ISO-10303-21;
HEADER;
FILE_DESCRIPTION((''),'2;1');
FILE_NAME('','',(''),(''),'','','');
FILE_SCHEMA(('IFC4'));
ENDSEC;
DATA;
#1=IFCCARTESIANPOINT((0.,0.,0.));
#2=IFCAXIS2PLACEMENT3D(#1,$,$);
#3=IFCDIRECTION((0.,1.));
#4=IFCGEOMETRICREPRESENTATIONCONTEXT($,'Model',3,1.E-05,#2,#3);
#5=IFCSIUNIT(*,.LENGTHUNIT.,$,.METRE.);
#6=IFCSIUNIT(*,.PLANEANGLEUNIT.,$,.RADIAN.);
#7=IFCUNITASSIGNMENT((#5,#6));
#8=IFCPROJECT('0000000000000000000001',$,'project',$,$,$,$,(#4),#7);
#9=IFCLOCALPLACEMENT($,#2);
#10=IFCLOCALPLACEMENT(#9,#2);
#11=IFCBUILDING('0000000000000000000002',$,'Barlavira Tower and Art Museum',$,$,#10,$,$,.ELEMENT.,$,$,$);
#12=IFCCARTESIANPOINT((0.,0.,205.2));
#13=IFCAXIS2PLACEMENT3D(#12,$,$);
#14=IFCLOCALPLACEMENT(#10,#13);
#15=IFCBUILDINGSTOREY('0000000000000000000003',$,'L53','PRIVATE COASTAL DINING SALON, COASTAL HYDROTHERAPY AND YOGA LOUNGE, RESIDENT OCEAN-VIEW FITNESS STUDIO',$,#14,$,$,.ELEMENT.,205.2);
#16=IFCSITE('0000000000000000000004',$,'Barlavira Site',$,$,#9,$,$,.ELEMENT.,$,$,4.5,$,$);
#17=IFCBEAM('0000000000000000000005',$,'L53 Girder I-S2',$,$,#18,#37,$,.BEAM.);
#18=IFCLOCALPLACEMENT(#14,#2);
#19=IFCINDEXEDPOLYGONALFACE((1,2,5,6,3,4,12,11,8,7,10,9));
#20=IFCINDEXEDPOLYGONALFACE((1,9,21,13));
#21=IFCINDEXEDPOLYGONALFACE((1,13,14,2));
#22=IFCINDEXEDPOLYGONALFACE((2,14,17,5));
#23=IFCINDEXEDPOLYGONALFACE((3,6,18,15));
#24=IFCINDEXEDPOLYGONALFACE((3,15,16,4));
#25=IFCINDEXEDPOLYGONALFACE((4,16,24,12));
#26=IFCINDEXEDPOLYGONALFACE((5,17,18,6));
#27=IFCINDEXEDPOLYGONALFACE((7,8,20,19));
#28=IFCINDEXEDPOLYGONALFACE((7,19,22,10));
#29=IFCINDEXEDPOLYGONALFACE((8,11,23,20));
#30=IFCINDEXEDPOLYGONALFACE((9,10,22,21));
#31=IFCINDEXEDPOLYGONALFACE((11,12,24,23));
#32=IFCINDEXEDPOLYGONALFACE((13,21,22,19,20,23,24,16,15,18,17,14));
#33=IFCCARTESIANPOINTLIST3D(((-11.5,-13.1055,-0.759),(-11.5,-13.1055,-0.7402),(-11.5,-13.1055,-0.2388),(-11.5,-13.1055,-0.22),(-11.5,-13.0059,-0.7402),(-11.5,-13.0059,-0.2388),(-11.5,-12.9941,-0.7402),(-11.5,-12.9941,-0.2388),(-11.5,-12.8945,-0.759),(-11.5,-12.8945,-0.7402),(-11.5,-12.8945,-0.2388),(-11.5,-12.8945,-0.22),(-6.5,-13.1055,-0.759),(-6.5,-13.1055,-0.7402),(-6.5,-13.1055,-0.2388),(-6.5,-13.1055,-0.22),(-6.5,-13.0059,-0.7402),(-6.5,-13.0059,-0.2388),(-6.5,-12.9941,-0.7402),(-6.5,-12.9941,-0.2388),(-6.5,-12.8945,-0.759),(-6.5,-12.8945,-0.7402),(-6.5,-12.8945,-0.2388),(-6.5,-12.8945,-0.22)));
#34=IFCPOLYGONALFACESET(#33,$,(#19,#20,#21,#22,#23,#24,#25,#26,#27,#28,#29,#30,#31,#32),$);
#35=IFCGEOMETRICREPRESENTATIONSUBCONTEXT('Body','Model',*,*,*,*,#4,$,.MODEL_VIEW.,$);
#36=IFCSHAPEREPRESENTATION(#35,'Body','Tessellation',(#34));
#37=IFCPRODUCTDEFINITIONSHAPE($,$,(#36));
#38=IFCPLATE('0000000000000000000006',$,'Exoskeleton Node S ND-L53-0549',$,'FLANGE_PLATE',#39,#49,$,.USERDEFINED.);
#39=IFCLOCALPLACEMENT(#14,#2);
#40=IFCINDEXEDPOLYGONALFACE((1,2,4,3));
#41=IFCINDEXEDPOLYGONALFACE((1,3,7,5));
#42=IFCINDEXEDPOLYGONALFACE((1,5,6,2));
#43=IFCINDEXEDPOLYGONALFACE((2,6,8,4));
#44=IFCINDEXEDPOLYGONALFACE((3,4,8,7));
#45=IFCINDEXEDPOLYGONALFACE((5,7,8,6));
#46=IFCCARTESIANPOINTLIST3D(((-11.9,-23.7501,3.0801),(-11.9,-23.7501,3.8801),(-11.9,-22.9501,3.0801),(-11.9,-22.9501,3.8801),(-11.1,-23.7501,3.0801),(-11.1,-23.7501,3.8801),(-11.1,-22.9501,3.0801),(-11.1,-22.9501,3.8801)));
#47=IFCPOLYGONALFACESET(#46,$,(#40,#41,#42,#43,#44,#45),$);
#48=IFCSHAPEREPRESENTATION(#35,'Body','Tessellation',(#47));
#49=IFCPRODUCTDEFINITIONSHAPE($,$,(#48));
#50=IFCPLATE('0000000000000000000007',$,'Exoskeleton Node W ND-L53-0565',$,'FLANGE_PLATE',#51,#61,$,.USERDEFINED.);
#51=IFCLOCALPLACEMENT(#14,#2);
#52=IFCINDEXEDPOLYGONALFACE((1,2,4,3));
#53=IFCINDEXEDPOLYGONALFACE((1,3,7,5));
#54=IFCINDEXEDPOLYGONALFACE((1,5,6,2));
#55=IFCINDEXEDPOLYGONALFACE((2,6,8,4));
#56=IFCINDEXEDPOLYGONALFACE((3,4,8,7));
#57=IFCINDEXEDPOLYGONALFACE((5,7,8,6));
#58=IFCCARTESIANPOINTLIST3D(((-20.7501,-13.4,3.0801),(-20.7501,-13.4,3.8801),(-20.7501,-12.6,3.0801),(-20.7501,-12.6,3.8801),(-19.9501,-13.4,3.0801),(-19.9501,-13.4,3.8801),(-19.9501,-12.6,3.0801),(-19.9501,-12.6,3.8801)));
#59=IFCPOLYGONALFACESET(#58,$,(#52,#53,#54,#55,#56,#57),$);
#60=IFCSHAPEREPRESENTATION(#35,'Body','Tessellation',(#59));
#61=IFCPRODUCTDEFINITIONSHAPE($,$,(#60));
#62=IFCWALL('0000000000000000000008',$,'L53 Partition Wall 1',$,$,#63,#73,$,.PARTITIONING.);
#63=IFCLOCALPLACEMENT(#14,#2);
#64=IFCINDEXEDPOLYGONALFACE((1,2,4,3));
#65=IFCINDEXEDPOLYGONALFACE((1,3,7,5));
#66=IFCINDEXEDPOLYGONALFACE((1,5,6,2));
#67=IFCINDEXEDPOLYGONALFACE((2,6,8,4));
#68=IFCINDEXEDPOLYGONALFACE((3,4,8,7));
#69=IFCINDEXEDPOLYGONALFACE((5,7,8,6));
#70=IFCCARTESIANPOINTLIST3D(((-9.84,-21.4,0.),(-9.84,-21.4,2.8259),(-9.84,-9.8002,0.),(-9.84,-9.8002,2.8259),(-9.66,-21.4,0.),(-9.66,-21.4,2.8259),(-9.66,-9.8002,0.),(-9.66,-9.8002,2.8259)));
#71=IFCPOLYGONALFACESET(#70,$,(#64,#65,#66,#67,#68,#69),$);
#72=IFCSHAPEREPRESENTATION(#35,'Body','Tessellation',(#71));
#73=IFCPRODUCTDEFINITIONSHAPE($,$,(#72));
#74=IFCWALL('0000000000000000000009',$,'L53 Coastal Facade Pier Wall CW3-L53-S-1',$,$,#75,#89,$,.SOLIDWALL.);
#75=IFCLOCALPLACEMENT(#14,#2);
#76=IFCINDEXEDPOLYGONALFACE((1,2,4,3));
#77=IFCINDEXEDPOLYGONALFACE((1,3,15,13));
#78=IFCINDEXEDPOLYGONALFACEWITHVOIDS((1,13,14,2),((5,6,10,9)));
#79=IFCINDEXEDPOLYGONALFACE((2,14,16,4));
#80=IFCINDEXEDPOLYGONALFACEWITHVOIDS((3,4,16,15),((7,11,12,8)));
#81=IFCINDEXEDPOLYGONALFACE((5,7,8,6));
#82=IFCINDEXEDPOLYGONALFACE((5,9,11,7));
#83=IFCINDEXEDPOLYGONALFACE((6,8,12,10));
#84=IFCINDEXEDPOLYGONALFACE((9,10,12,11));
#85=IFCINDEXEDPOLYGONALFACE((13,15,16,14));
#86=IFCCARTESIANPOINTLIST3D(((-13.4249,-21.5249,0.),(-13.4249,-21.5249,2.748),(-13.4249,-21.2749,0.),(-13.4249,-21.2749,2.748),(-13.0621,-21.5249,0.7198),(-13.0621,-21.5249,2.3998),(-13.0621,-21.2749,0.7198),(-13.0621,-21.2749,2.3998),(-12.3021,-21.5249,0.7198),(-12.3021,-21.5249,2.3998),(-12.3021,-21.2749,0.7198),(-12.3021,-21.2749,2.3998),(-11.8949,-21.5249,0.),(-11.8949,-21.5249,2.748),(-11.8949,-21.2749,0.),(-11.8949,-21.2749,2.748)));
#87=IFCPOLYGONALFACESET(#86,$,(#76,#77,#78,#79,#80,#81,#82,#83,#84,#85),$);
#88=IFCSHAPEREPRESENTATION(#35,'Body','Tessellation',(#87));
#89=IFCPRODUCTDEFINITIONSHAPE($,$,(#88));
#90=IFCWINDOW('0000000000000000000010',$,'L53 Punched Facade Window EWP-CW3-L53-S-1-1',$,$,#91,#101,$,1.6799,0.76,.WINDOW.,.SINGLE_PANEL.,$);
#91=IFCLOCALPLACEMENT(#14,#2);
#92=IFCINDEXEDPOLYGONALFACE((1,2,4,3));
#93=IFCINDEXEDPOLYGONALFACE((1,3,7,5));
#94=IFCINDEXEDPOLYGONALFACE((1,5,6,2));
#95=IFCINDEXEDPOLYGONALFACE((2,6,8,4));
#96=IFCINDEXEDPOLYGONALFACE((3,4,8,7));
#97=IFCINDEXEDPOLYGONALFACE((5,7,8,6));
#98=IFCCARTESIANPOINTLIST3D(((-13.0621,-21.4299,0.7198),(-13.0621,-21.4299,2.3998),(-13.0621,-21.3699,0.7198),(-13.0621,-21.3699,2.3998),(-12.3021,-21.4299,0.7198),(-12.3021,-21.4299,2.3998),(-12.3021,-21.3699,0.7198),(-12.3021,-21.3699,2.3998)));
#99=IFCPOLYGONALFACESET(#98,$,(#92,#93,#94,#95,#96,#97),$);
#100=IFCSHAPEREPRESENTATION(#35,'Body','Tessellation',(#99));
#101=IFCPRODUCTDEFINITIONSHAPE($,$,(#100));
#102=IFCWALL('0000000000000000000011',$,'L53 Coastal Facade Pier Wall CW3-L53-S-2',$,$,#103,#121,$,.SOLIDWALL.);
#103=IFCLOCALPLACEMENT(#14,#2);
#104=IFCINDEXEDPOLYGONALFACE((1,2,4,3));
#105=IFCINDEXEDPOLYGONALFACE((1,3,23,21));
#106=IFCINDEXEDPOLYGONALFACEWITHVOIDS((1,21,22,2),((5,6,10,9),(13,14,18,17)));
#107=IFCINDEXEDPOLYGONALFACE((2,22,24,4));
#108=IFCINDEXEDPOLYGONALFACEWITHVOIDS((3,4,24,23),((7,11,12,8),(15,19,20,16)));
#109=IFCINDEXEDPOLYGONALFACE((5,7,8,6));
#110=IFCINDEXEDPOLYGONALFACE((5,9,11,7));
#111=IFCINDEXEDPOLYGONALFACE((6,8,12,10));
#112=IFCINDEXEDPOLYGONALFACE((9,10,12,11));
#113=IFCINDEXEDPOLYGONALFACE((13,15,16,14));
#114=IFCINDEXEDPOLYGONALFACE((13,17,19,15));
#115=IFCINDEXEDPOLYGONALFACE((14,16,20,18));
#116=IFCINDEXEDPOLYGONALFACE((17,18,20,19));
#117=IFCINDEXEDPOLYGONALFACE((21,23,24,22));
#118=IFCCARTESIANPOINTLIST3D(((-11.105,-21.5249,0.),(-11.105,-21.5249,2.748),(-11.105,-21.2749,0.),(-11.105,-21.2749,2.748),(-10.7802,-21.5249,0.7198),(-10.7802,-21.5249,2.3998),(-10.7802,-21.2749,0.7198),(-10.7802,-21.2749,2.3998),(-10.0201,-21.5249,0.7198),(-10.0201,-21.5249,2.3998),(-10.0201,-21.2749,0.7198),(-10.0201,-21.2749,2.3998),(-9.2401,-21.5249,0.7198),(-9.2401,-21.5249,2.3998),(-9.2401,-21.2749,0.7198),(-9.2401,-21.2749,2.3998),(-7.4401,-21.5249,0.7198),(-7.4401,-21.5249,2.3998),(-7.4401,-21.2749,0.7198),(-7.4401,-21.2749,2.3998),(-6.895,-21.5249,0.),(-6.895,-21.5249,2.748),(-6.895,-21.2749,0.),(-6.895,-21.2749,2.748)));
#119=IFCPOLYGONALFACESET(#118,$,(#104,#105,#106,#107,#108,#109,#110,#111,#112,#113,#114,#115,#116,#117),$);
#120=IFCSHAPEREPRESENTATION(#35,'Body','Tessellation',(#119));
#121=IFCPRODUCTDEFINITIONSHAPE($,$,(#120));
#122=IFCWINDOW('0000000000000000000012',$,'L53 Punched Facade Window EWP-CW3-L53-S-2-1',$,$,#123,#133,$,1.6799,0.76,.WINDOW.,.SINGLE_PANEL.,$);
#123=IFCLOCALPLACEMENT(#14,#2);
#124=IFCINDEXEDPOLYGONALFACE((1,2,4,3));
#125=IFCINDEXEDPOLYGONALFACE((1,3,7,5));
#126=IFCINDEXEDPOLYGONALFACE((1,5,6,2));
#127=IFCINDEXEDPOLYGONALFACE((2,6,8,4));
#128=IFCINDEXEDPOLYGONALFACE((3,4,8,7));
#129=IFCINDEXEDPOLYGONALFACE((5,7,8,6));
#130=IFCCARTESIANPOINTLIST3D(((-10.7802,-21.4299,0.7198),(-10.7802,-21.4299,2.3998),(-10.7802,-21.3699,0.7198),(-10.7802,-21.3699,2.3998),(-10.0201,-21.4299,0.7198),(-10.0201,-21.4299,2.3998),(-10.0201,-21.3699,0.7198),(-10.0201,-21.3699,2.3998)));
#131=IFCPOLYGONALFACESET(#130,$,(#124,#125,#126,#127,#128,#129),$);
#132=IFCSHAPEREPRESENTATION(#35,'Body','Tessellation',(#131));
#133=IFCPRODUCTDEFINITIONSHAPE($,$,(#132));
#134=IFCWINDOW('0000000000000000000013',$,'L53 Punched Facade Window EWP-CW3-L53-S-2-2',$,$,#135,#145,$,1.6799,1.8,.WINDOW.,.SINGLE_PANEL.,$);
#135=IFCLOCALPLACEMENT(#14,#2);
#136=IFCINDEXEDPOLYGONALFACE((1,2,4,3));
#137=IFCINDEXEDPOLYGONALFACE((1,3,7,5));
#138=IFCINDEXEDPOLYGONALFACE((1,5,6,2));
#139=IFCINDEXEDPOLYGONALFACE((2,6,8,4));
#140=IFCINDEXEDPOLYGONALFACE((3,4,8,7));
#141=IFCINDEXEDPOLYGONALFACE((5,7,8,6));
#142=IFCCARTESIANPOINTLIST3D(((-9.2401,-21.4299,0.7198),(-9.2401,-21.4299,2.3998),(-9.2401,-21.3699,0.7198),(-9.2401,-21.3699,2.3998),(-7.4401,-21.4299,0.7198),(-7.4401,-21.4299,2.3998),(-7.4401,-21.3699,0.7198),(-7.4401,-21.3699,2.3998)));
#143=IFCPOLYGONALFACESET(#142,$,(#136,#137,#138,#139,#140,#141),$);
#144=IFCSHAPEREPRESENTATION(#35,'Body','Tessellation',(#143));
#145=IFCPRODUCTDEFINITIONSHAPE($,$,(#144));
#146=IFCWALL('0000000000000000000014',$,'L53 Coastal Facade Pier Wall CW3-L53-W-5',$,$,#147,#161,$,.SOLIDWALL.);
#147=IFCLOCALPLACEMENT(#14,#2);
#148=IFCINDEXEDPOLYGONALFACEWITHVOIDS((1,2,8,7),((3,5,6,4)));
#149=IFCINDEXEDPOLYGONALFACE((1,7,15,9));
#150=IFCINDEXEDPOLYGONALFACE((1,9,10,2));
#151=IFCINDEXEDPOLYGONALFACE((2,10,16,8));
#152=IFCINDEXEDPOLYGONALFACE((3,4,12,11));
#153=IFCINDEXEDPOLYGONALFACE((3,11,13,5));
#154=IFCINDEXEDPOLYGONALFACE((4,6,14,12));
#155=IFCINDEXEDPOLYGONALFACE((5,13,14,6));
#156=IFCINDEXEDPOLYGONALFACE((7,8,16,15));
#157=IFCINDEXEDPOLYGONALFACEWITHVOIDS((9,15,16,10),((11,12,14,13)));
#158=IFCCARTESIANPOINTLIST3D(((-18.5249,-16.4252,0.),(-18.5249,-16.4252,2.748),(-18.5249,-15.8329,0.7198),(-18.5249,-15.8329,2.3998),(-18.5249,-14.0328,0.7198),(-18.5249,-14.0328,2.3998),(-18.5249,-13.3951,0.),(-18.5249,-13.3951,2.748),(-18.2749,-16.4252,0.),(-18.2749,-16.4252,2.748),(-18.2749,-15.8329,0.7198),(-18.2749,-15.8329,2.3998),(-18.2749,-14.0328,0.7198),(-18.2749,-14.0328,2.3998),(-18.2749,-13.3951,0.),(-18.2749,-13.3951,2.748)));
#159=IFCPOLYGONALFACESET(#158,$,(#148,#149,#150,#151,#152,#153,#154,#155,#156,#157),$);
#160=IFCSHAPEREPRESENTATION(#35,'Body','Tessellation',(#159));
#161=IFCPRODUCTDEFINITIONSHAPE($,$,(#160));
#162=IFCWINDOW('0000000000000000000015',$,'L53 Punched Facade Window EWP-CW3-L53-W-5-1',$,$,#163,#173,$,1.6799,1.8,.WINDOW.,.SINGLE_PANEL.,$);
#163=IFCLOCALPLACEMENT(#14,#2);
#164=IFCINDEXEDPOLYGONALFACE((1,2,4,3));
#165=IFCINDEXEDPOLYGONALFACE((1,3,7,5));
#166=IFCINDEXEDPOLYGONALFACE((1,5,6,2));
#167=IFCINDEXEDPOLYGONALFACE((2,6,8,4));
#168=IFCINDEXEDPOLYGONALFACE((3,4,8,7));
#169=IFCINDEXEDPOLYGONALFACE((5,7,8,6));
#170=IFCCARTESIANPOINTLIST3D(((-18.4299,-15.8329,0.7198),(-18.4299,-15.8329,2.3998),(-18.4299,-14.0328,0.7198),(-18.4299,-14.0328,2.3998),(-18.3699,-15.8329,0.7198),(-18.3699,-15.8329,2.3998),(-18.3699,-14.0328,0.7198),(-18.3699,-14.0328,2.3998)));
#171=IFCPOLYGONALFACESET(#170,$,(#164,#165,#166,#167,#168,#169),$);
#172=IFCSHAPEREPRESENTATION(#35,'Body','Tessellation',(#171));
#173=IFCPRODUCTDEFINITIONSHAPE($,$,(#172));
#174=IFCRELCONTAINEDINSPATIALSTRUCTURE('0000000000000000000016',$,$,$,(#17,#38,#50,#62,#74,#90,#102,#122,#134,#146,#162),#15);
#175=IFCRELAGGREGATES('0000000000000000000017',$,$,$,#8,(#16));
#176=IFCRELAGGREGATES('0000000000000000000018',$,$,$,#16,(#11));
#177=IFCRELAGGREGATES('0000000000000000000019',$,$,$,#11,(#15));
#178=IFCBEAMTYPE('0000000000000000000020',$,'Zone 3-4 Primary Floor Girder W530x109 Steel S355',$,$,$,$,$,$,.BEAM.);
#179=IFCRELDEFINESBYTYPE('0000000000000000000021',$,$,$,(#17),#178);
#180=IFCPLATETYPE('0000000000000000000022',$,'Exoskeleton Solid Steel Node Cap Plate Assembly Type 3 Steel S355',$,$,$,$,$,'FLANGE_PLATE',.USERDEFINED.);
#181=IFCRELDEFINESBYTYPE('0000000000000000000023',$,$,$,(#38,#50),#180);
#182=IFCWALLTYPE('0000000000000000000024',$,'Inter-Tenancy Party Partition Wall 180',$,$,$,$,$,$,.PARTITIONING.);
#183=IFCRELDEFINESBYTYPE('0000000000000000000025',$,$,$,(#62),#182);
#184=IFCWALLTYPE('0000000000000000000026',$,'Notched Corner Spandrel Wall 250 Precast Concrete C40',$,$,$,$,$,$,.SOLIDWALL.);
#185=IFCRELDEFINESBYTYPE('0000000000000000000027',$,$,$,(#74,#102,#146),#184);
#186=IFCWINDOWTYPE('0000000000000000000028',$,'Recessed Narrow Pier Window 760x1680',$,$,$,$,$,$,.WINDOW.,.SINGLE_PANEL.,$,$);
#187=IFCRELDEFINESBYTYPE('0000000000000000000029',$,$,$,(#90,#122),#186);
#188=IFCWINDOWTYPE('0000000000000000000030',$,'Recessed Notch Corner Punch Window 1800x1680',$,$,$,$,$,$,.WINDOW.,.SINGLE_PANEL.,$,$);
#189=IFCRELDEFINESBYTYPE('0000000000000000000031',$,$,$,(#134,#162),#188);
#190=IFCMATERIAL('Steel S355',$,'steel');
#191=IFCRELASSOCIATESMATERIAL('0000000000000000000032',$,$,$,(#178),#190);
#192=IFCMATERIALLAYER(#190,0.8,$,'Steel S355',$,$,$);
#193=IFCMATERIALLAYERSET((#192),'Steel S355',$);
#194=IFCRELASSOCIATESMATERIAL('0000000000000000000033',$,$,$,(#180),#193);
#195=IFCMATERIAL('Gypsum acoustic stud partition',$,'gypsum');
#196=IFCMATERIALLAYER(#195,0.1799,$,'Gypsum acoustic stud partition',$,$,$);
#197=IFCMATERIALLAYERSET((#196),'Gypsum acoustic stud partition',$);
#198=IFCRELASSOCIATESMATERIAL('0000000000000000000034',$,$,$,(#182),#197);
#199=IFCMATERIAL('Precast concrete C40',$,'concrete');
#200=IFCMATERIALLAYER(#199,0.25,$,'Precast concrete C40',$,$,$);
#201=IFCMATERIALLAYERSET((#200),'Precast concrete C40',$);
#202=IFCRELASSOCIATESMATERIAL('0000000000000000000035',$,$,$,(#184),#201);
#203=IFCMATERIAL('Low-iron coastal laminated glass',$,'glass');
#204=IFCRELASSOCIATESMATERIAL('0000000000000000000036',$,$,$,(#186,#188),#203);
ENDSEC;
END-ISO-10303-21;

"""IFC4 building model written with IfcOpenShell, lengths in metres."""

from ifc_helpers import new_model, si_unit, direction, frame, frame_2d, origin, origin_2d, place, context, subcontext, project, spatial, rectangle, i_section, extrude, material, layer, layer_set, material_profile, profile_set, type_object, element, fill, save


model = new_model("IFC4")

# Units and contexts
model_context = context("Model", 3, precision=1e-05, world=origin(), true_north=direction((0.0, 1.0)))
body_context = subcontext(model_context, "Body", "Model", "MODEL_VIEW")
ifc_project = project(units=[si_unit("LENGTHUNIT", "METRE"), si_unit("PLANEANGLEUNIT", "RADIAN")], contexts=[model_context])

# Site, building, storey
site_placement = place(None, origin())
site = spatial("IfcSite", under=ifc_project, at=site_placement, Name="Barlavira Site", CompositionType="ELEMENT", RefElevation=4.5)
building_placement = place(site_placement, origin())
building = spatial("IfcBuilding", under=site, at=building_placement, Name="Barlavira Tower and Art Museum", CompositionType="ELEMENT")
storey_placement = place(building_placement, frame((0.0, 0.0, 205.2)))
storey = spatial("IfcBuildingStorey", under=building, at=storey_placement, Name="L53", Description="PRIVATE COASTAL DINING SALON, COASTAL HYDROTHERAPY AND YOGA LOUNGE, RESIDENT OCEAN-VIEW FITNESS STUDIO", CompositionType="ELEMENT", Elevation=205.2)

# Beam
ifc_material_1 = material(Name="Steel S355", Category="steel")
ifc_material_profile_1 = material_profile(ifc_material_1, i_section(OverallWidth=0.2109, OverallDepth=0.5391, WebThickness=0.0117, FlangeThickness=0.0188, at=origin_2d()), Name="W530x109.0")
ifc_profile_set_1 = profile_set([ifc_material_profile_1], Name="Steel S355")
beam_type_1 = type_object("IfcBeamType", Name="Zone 3-4 Primary Floor Girder W530x109 Steel S355", PredefinedType="BEAM", material=ifc_profile_set_1)
beam_1_placement = place(storey_placement, frame((-11.5, -13.0, -0.4895), z_axis=(1.0, 0.0, 0.0), x_axis=(0.0, 1.0, 0.0)))
element("IfcBeam", 1, at=beam_1_placement, inside=storey, type_object=beam_type_1, Name="L53 Girder I-S2", PredefinedType="BEAM", context=body_context, shape_type="SweptSolid", body=[
    extrude(i_section(OverallWidth=0.2109, OverallDepth=0.5391, WebThickness=0.0117, FlangeThickness=0.0188, at=origin_2d()), origin(), (0.0, 0.0, 1.0), 5.0),
])

# Plates
ifc_layer_1 = layer(ifc_material_1, 0.8, Name="Steel S355")
ifc_layer_set_1 = layer_set([ifc_layer_1], Name="Steel S355")
plate_type = type_object("IfcPlateType", Name="Exoskeleton Solid Steel Node Cap Plate Assembly Type 3 Steel S355", ElementType="FLANGE_PLATE", PredefinedType="USERDEFINED", material=ifc_layer_set_1)
for number, where, z_axis, x_axis, name in (
    (2, (-11.5, -23.3501, 3.0801), (0.0, 0.0, 1.0), (1.0, 0.0, 0.0), "Exoskeleton Node S ND-L53-0549"),
    (3, (-20.3501, -13.0, 3.0801), (0.0, 0.0, 1.0), (1.0, 0.0, 0.0), "Exoskeleton Node W ND-L53-0565"),
):
    element("IfcPlate", number, at=place(storey_placement, frame(where, z_axis=z_axis, x_axis=x_axis)), inside=storey, type_object=plate_type, Name=name, ObjectType="FLANGE_PLATE", PredefinedType="USERDEFINED", context=body_context, shape_type="SweptSolid", body=[
        extrude(rectangle(XDim=0.8, YDim=0.8, at=origin_2d()), origin(), (0.0, 0.0, 1.0), 0.8),
    ])

# Wall
ifc_material_2 = material(Name="Gypsum acoustic stud partition", Category="gypsum")
ifc_layer_2 = layer(ifc_material_2, 0.1799, Name="Gypsum acoustic stud partition")
ifc_layer_set_2 = layer_set([ifc_layer_2], Name="Gypsum acoustic stud partition")
wall_type_1 = type_object("IfcWallType", Name="Inter-Tenancy Party Partition Wall 180", PredefinedType="PARTITIONING", material=ifc_layer_set_2)
wall_1_placement = place(storey_placement, frame((-9.75, -21.3999, 0.0), z_axis=(0.0, 0.0, 1.0), x_axis=(0.0, 1.0, 0.0)))
element("IfcWall", 4, at=wall_1_placement, inside=storey, type_object=wall_type_1, Name="L53 Partition Wall 1", PredefinedType="PARTITIONING", context=body_context, shape_type="SweptSolid", body=[
    extrude(rectangle(XDim=11.5999, YDim=0.1799, at=frame_2d((5.7998, 0.0))), origin(), (0.0, 0.0, 1.0), 2.8259),
])

# Wall, opening, window
ifc_material_3 = material(Name="Precast concrete C40", Category="concrete")
ifc_layer_3 = layer(ifc_material_3, 0.25, Name="Precast concrete C40")
ifc_layer_set_3 = layer_set([ifc_layer_3], Name="Precast concrete C40")
wall_type_2 = type_object("IfcWallType", Name="Notched Corner Spandrel Wall 250 Precast Concrete C40", PredefinedType="SOLIDWALL", material=ifc_layer_set_3)
wall_2_placement = place(storey_placement, frame((-13.425, -21.3999, 0.0), z_axis=(0.0, 0.0, 1.0), x_axis=(1.0, 0.0, 0.0)))
wall_2 = element("IfcWall", 5, at=wall_2_placement, inside=storey, type_object=wall_type_2, Name="L53 Coastal Facade Pier Wall CW3-L53-S-1", PredefinedType="SOLIDWALL", context=body_context, shape_type="SweptSolid", body=[
    extrude(rectangle(XDim=1.53, YDim=0.25, at=frame_2d((0.7651, 0.0))), origin(), (0.0, 0.0, 1.0), 2.748),
])
opening_1_placement = place(wall_2_placement, frame((0.363, 0.0, 0.72)))
opening_1 = element("IfcOpeningElement", 6, at=opening_1_placement, cuts=wall_2, PredefinedType="OPENING", context=body_context, shape_type="SweptSolid", body=[
    extrude(rectangle(XDim=0.76, YDim=1.6799, at=frame_2d((0.3799, 0.8398))), frame((0.0, 0.135, 0.0), z_axis=(0.0, -1.0, 0.0), x_axis=(1.0, 0.0, 0.0)), (0.0, 0.0, 1.0), 0.27),
])
ifc_material_4 = material(Name="Low-iron coastal laminated glass", Category="glass")
window_type_1 = type_object("IfcWindowType", Name="Recessed Narrow Pier Window 760x1680", PartitioningType="SINGLE_PANEL", PredefinedType="WINDOW", material=ifc_material_4)
window_1_placement = place(opening_1_placement, origin())
window_1 = element("IfcWindow", 7, at=window_1_placement, inside=storey, type_object=window_type_1, Name="L53 Punched Facade Window EWP-CW3-L53-S-1-1", OverallHeight=1.6799, OverallWidth=0.76, PartitioningType="SINGLE_PANEL", PredefinedType="WINDOW", context=body_context, shape_type="SweptSolid", body=[
    extrude(rectangle(XDim=0.76, YDim=1.6799, at=frame_2d((0.3799, 0.8398))), frame((0.0, 0.03, 0.0), z_axis=(0.0, -1.0, 0.0), x_axis=(1.0, 0.0, 0.0)), (0.0, 0.0, 1.0), 0.0601),
])
fill(opening_1, window_1)

# Wall, openings, windows
wall_3_placement = place(storey_placement, frame((-11.105, -21.3999, 0.0), z_axis=(0.0, 0.0, 1.0), x_axis=(1.0, 0.0, 0.0)))
wall_3 = element("IfcWall", 8, at=wall_3_placement, inside=storey, type_object=wall_type_2, Name="L53 Coastal Facade Pier Wall CW3-L53-S-2", PredefinedType="SOLIDWALL", context=body_context, shape_type="SweptSolid", body=[
    extrude(rectangle(XDim=4.21, YDim=0.25, at=frame_2d((2.105, 0.0))), origin(), (0.0, 0.0, 1.0), 2.748),
])
opening_2_placement = place(wall_3_placement, frame((0.325, 0.0, 0.72)))
opening_2 = element("IfcOpeningElement", 9, at=opening_2_placement, cuts=wall_3, PredefinedType="OPENING", context=body_context, shape_type="SweptSolid", body=[
    extrude(rectangle(XDim=0.76, YDim=1.6799, at=frame_2d((0.3799, 0.8398))), frame((0.0, 0.135, 0.0), z_axis=(0.0, -1.0, 0.0), x_axis=(1.0, 0.0, 0.0)), (0.0, 0.0, 1.0), 0.27),
])
opening_3_placement = place(wall_3_placement, frame((1.865, 0.0, 0.72)))
opening_3 = element("IfcOpeningElement", 10, at=opening_3_placement, cuts=wall_3, PredefinedType="OPENING", context=body_context, shape_type="SweptSolid", body=[
    extrude(rectangle(XDim=1.8, YDim=1.6799, at=frame_2d((0.8999, 0.8398))), frame((0.0, 0.135, 0.0), z_axis=(0.0, -1.0, 0.0), x_axis=(1.0, 0.0, 0.0)), (0.0, 0.0, 1.0), 0.27),
])
window_2_placement = place(opening_2_placement, origin())
window_2 = element("IfcWindow", 11, at=window_2_placement, inside=storey, type_object=window_type_1, Name="L53 Punched Facade Window EWP-CW3-L53-S-2-1", OverallHeight=1.6799, OverallWidth=0.76, PartitioningType="SINGLE_PANEL", PredefinedType="WINDOW", context=body_context, shape_type="SweptSolid", body=[
    extrude(rectangle(XDim=0.76, YDim=1.6799, at=frame_2d((0.3799, 0.8398))), frame((0.0, 0.03, 0.0), z_axis=(0.0, -1.0, 0.0), x_axis=(1.0, 0.0, 0.0)), (0.0, 0.0, 1.0), 0.0601),
])
fill(opening_2, window_2)
window_type_2 = type_object("IfcWindowType", Name="Recessed Notch Corner Punch Window 1800x1680", PartitioningType="SINGLE_PANEL", PredefinedType="WINDOW", material=ifc_material_4)
window_3_placement = place(opening_3_placement, origin())
window_3 = element("IfcWindow", 12, at=window_3_placement, inside=storey, type_object=window_type_2, Name="L53 Punched Facade Window EWP-CW3-L53-S-2-2", OverallHeight=1.6799, OverallWidth=1.8, PartitioningType="SINGLE_PANEL", PredefinedType="WINDOW", context=body_context, shape_type="SweptSolid", body=[
    extrude(rectangle(XDim=1.8, YDim=1.6799, at=frame_2d((0.8999, 0.8398))), frame((0.0, 0.03, 0.0), z_axis=(0.0, -1.0, 0.0), x_axis=(1.0, 0.0, 0.0)), (0.0, 0.0, 1.0), 0.0601),
])
fill(opening_3, window_3)

# Wall, opening, window
wall_4_placement = place(storey_placement, frame((-18.3999, -13.395, 0.0), z_axis=(0.0, 0.0, 1.0), x_axis=(0.0, -1.0, 0.0)))
wall_4 = element("IfcWall", 13, at=wall_4_placement, inside=storey, type_object=wall_type_2, Name="L53 Coastal Facade Pier Wall CW3-L53-W-5", PredefinedType="SOLIDWALL", context=body_context, shape_type="SweptSolid", body=[
    extrude(rectangle(XDim=3.03, YDim=0.25, at=frame_2d((1.5151, 0.0))), origin(), (0.0, 0.0, 1.0), 2.748),
])
opening_4_placement = place(wall_4_placement, frame((0.6379, 0.0, 0.72)))
opening_4 = element("IfcOpeningElement", 14, at=opening_4_placement, cuts=wall_4, PredefinedType="OPENING", context=body_context, shape_type="SweptSolid", body=[
    extrude(rectangle(XDim=1.8, YDim=1.6799, at=frame_2d((0.8999, 0.8398))), frame((0.0, 0.135, 0.0), z_axis=(0.0, -1.0, 0.0), x_axis=(1.0, 0.0, 0.0)), (0.0, 0.0, 1.0), 0.27),
])
window_4_placement = place(opening_4_placement, origin())
window_4 = element("IfcWindow", 15, at=window_4_placement, inside=storey, type_object=window_type_2, Name="L53 Punched Facade Window EWP-CW3-L53-W-5-1", OverallHeight=1.6799, OverallWidth=1.8, PartitioningType="SINGLE_PANEL", PredefinedType="WINDOW", context=body_context, shape_type="SweptSolid", body=[
    extrude(rectangle(XDim=1.8, YDim=1.6799, at=frame_2d((0.8999, 0.8398))), frame((0.0, 0.03, 0.0), z_axis=(0.0, -1.0, 0.0), x_axis=(1.0, 0.0, 0.0)), (0.0, 0.0, 1.0), 0.0601),
])
fill(opening_4, window_4)

save(model, "model.ifc")
